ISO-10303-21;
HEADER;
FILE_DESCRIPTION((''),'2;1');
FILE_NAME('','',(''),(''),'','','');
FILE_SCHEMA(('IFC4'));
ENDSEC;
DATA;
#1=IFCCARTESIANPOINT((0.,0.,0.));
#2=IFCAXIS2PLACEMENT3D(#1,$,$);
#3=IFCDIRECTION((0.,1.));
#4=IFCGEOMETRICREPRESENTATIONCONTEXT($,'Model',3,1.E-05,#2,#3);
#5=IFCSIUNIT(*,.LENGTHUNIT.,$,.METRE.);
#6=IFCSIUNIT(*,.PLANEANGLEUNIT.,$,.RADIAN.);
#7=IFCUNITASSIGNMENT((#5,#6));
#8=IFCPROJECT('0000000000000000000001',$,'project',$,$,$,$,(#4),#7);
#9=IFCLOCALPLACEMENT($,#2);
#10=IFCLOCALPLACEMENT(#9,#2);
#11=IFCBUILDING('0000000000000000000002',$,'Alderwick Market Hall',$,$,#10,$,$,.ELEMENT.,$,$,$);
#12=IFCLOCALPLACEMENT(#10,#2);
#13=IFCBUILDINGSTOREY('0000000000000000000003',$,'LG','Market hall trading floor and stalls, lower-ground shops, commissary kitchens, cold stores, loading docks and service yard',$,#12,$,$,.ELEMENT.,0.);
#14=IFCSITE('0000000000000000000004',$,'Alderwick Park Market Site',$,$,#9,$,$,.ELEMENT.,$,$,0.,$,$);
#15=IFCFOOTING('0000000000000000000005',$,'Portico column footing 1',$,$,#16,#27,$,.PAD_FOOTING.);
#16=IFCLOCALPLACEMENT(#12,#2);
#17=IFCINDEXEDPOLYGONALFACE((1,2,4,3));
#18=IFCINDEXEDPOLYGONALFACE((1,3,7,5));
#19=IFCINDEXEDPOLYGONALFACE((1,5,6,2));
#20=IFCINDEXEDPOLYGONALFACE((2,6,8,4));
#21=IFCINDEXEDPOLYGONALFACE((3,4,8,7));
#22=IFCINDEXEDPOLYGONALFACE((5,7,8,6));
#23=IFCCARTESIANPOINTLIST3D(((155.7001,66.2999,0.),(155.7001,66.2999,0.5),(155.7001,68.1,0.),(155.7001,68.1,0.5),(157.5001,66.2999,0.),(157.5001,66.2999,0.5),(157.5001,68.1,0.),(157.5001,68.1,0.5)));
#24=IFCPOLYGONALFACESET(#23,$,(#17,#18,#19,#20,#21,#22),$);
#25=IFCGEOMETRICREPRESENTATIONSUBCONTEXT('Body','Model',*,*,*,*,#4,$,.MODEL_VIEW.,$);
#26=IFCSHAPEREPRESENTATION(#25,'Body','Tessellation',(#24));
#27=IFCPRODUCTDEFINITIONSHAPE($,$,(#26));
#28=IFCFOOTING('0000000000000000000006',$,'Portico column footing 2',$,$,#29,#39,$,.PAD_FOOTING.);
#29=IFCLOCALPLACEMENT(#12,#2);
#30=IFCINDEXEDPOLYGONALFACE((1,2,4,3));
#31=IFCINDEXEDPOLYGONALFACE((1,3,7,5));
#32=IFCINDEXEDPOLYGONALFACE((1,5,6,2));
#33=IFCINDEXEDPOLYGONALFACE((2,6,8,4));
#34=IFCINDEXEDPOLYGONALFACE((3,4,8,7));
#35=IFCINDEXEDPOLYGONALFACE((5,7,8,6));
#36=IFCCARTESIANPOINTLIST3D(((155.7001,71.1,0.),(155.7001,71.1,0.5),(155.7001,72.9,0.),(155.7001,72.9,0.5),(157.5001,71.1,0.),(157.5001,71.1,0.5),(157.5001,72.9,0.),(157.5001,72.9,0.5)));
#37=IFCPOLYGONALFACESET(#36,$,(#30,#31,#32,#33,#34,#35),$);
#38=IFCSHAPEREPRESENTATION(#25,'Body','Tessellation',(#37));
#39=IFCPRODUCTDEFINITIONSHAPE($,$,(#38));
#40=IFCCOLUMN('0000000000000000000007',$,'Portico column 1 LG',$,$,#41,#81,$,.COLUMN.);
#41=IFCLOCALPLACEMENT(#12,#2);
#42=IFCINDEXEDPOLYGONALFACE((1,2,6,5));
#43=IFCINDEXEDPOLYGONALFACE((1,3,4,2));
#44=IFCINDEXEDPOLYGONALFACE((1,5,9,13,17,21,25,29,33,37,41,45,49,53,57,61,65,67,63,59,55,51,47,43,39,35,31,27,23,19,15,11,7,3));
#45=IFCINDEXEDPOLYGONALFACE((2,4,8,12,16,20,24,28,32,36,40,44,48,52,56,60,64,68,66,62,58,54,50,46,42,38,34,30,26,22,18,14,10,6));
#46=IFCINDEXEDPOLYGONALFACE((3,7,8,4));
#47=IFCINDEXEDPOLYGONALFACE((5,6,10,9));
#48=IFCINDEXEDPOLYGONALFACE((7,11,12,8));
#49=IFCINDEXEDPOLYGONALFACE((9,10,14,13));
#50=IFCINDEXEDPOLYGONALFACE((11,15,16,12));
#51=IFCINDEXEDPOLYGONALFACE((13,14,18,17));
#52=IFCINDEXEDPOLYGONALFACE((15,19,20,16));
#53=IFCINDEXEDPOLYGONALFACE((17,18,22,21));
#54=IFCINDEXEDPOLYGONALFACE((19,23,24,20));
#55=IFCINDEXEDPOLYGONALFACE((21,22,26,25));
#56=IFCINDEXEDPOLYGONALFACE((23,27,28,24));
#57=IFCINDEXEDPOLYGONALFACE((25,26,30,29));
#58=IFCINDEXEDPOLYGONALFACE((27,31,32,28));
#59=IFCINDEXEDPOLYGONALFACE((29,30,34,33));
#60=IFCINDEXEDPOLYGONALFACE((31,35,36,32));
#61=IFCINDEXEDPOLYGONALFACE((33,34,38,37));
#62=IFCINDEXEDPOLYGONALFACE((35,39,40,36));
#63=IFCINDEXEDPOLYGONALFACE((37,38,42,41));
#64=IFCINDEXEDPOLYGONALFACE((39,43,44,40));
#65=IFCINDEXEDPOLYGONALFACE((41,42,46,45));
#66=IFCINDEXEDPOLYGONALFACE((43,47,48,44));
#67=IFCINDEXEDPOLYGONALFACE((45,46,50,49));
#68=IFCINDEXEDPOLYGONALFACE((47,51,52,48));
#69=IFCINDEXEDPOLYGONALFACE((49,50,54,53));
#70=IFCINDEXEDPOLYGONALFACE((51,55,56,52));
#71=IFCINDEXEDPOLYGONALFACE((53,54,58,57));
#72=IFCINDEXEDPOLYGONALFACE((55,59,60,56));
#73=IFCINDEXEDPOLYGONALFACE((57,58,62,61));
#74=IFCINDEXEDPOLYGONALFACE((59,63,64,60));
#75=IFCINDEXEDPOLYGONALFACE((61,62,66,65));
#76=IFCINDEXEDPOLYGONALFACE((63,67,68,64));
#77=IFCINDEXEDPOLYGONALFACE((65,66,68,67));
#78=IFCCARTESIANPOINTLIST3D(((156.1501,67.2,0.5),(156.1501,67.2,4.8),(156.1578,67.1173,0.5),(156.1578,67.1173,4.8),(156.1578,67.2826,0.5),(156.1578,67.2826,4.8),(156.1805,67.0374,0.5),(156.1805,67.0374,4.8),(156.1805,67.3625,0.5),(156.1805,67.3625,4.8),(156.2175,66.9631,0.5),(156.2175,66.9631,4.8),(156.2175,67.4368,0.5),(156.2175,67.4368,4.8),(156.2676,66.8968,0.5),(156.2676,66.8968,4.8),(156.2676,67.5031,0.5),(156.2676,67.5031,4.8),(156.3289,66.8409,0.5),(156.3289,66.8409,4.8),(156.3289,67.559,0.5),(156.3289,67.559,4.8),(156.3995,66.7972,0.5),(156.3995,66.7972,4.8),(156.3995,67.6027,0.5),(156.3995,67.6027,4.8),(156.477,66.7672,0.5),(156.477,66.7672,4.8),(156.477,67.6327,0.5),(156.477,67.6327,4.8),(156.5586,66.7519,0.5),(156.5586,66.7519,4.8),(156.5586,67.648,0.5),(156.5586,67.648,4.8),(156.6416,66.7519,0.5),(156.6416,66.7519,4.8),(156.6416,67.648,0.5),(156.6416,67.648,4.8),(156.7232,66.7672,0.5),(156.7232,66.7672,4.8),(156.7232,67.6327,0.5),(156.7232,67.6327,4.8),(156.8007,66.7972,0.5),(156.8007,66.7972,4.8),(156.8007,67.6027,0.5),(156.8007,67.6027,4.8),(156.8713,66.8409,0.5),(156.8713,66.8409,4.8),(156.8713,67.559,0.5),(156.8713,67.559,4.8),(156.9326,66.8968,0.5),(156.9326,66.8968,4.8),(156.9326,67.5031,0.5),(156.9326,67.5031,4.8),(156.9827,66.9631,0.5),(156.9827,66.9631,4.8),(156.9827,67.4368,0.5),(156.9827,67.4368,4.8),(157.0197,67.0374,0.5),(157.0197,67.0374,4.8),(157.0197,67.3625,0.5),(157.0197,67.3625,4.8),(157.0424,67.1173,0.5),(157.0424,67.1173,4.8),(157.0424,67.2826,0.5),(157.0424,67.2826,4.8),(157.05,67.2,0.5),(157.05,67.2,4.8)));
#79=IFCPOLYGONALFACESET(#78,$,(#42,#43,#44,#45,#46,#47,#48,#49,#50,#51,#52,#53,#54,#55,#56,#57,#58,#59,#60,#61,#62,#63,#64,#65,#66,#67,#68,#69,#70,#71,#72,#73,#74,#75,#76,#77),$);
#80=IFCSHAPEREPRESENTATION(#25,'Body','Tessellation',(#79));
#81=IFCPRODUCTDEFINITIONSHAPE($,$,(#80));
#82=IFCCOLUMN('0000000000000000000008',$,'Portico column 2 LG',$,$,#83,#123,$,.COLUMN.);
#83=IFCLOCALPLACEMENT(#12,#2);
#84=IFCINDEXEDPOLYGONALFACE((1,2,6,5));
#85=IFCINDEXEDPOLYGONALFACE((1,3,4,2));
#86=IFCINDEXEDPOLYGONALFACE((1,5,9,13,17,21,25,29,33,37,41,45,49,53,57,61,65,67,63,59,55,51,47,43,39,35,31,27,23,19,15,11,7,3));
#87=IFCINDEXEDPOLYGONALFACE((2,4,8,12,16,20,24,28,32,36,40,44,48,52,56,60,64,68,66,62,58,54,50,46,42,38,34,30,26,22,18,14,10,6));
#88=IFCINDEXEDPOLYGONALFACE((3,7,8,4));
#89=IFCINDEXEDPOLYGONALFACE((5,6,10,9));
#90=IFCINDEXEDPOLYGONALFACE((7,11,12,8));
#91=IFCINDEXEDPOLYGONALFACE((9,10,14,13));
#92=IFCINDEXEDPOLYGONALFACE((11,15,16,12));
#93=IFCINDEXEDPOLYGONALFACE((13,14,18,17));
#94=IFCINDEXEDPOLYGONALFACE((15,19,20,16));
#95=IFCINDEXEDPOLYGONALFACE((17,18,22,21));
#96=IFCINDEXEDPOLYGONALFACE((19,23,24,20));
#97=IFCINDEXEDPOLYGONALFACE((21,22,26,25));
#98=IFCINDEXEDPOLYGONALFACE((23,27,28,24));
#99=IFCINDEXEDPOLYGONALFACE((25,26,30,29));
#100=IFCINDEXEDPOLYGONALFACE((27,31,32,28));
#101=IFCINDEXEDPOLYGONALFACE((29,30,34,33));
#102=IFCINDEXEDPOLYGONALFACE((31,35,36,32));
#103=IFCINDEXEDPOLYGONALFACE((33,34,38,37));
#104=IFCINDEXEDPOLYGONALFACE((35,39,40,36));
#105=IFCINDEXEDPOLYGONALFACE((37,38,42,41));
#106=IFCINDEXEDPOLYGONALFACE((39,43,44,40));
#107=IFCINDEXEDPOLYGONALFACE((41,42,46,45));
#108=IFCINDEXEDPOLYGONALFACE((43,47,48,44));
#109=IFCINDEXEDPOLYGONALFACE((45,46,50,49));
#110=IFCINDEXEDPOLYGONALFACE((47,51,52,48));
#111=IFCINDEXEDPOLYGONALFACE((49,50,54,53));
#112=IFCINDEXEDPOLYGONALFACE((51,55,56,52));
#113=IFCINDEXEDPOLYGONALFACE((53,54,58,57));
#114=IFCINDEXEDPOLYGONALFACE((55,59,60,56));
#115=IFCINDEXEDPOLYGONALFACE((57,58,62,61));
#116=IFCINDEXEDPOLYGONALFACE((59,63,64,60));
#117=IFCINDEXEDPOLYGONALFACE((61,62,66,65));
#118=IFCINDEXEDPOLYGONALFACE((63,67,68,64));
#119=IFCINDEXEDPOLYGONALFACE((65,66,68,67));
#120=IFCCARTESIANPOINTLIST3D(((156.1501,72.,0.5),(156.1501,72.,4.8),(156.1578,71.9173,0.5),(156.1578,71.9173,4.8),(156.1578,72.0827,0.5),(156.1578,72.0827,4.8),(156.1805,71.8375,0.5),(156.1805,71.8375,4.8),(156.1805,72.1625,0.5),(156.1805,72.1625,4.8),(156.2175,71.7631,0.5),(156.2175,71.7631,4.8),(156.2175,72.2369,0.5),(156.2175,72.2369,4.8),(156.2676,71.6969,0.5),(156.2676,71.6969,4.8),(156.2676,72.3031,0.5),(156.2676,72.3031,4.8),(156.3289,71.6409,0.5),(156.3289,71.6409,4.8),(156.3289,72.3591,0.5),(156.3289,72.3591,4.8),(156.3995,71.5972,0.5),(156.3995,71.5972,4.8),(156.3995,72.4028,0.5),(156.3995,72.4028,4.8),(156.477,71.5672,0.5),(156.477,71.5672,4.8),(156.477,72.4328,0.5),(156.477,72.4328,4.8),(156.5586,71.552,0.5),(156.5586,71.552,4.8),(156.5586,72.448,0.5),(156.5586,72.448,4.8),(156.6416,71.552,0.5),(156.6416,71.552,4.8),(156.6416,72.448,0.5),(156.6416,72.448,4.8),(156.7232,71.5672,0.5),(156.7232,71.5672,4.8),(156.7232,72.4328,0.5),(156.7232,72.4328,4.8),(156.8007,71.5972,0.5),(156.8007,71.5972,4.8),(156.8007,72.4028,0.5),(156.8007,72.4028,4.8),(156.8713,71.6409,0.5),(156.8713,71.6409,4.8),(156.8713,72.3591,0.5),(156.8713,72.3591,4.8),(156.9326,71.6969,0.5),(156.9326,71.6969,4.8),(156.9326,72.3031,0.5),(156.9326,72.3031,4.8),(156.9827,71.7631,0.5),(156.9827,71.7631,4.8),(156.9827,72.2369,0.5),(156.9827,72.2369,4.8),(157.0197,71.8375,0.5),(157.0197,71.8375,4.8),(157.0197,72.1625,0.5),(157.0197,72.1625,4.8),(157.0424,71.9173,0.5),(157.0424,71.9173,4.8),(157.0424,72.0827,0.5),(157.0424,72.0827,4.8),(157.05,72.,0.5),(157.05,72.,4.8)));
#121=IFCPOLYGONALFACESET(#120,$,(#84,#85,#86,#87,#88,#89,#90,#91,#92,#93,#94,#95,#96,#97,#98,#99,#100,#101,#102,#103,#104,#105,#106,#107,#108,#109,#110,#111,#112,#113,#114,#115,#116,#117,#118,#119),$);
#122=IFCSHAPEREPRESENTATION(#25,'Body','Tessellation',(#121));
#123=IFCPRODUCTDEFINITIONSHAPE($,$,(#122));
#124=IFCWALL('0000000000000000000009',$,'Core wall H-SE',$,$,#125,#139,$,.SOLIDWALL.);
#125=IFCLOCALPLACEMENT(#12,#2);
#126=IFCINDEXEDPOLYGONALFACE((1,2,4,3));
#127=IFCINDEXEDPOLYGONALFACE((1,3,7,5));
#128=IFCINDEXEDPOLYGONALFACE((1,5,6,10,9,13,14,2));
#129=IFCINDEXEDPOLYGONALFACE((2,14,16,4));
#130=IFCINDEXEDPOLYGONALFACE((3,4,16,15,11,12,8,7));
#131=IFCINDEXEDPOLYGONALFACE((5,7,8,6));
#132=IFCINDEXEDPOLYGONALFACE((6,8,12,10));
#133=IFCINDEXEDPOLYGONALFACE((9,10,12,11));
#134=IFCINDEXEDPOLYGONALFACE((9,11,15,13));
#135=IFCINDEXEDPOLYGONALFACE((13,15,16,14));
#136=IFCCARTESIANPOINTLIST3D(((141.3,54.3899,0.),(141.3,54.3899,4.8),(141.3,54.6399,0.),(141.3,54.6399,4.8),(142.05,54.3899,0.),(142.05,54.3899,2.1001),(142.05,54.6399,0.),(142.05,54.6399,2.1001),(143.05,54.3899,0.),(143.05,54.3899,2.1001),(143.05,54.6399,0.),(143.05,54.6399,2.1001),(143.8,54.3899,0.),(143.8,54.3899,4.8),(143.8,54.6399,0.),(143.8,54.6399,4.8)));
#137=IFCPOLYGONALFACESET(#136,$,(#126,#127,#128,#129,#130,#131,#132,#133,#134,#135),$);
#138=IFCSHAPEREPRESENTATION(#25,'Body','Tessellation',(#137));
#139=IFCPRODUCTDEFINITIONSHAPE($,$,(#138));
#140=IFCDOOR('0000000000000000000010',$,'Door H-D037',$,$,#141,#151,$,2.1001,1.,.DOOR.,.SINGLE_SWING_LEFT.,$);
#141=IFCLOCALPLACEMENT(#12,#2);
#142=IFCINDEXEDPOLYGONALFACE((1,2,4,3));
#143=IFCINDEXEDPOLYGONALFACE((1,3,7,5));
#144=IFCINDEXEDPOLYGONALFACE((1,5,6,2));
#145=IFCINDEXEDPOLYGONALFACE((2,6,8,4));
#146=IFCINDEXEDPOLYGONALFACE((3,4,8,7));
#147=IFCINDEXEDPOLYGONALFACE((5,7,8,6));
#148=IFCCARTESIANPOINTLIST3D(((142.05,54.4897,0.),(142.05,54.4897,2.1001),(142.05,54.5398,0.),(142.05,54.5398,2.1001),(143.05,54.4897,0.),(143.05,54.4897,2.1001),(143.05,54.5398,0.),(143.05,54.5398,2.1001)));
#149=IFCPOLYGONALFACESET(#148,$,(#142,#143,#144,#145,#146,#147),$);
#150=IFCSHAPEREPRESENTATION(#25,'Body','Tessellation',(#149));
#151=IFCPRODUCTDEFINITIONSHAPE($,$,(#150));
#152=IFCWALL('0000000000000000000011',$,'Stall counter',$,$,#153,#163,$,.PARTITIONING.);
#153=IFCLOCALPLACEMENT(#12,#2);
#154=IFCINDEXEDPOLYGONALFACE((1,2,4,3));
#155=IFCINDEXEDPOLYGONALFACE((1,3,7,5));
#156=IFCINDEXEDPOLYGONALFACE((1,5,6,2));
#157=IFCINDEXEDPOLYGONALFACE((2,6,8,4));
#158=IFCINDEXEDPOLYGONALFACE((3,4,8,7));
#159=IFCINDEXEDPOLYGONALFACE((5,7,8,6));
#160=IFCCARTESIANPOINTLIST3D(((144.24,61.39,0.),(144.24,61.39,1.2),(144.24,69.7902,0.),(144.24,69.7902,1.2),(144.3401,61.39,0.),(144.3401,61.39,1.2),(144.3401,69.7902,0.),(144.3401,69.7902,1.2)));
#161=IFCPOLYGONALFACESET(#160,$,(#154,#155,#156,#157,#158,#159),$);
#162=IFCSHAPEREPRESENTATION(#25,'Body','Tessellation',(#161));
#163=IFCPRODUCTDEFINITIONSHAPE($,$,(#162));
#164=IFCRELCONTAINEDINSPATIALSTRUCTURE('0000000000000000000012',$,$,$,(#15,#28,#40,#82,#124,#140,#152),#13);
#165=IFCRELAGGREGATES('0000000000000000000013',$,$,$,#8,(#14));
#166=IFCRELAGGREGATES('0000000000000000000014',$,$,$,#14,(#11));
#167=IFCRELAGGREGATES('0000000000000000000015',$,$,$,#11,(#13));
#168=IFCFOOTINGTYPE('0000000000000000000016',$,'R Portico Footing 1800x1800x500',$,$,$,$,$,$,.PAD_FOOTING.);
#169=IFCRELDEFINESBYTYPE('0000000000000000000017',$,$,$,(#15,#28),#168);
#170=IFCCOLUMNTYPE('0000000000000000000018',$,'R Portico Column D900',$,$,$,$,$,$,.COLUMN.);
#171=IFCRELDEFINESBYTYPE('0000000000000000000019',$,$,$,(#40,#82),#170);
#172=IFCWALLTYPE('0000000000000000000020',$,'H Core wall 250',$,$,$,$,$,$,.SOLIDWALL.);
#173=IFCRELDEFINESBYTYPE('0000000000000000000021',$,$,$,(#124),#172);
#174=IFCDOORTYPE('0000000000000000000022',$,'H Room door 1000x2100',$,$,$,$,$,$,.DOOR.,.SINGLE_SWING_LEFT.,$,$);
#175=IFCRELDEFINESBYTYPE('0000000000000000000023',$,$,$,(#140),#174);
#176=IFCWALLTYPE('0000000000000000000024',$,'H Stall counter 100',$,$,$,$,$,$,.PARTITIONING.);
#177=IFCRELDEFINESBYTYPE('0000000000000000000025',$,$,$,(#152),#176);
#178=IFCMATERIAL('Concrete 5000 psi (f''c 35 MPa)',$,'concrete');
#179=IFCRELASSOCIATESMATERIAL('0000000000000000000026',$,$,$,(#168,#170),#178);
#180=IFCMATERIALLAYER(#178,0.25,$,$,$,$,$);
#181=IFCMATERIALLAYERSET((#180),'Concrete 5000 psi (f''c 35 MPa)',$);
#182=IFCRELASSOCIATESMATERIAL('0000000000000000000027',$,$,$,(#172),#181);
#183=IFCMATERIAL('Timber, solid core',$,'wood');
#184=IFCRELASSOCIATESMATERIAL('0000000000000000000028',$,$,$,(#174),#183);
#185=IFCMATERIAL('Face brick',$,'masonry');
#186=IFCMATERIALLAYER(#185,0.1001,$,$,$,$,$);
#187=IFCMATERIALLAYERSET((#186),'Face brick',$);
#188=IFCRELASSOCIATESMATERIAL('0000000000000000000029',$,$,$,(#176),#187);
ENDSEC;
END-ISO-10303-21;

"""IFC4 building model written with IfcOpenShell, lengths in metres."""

from ifc_helpers import new_model, si_unit, direction, frame, frame_2d, origin, origin_2d, place, context, subcontext, project, spatial, rectangle, circle, extrude, material, layer, layer_set, material_profile, profile_set, type_object, element, fill, save


model = new_model("IFC4")

# Units and contexts
model_context = context("Model", 3, precision=1e-05, world=origin(), true_north=direction((0.0, 1.0)))
body_context = subcontext(model_context, "Body", "Model", "MODEL_VIEW")
ifc_project = project(units=[si_unit("LENGTHUNIT", "METRE"), si_unit("PLANEANGLEUNIT", "RADIAN")], contexts=[model_context])

# Site, building, storey
site_placement = place(None, origin())
site = spatial("IfcSite", under=ifc_project, at=site_placement, Name="Alderwick Park Market Site", CompositionType="ELEMENT", RefElevation=0.0)
building_placement = place(site_placement, origin())
building = spatial("IfcBuilding", under=site, at=building_placement, Name="Alderwick Market Hall", CompositionType="ELEMENT")
storey_placement = place(building_placement, origin())
storey = spatial("IfcBuildingStorey", under=building, at=storey_placement, Name="LG", Description="Market hall trading floor and stalls, lower-ground shops, commissary kitchens, cold stores, loading docks and service yard", CompositionType="ELEMENT", Elevation=0.0)

# Footings
ifc_material_1 = material(Name="Concrete 5000 psi (f'c 35 MPa)", Category="concrete")
footing_type = type_object("IfcFootingType", Name="R Portico Footing 1800x1800x500", PredefinedType="PAD_FOOTING", material=ifc_material_1)
for number, where, z_axis, x_axis, name in (
    (1, (156.6001, 67.2, 0.0), (0.0, 0.0, 1.0), (1.0, 0.0, 0.0), "Portico column footing 1"),
    (2, (156.6001, 72.0, 0.0), (0.0, 0.0, 1.0), (1.0, 0.0, 0.0), "Portico column footing 2"),
):
    element("IfcFooting", number, at=place(storey_placement, frame(where, z_axis=z_axis, x_axis=x_axis)), inside=storey, type_object=footing_type, Name=name, PredefinedType="PAD_FOOTING", context=body_context, shape_type="SweptSolid", body=[
        extrude(rectangle(XDim=1.8, YDim=1.8, at=origin_2d()), origin(), (0.0, 0.0, 1.0), 0.5),
    ])

# Columns
ifc_material_profile = material_profile(ifc_material_1, circle(Radius=0.45, at=origin_2d()), Name="RC D900")
ifc_profile_set = profile_set([ifc_material_profile], Name="Concrete 5000 psi (f'c 35 MPa)")
column_type = type_object("IfcColumnType", Name="R Portico Column D900", PredefinedType="COLUMN", material=ifc_profile_set)
for number, where, z_axis, x_axis, name in (
    (3, (156.6001, 67.2, 0.5), (0.0, 0.0, 1.0), (1.0, 0.0, 0.0), "Portico column 1 LG"),
    (4, (156.6001, 72.0, 0.5), (0.0, 0.0, 1.0), (1.0, 0.0, 0.0), "Portico column 2 LG"),
):
    element("IfcColumn", number, at=place(storey_placement, frame(where, z_axis=z_axis, x_axis=x_axis)), inside=storey, type_object=column_type, Name=name, PredefinedType="COLUMN", context=body_context, shape_type="SweptSolid", body=[
        extrude(circle(Radius=0.45, at=origin_2d()), origin(), (0.0, 0.0, 1.0), 4.3),
    ])

# Wall, opening, door
ifc_layer_1 = layer(ifc_material_1, 0.25)
ifc_layer_set_1 = layer_set([ifc_layer_1], Name="Concrete 5000 psi (f'c 35 MPa)")
wall_type_1 = type_object("IfcWallType", Name="H Core wall 250", PredefinedType="SOLIDWALL", material=ifc_layer_set_1)
wall_1_placement = place(storey_placement, frame((141.3, 54.5149, 0.0), z_axis=(0.0, 0.0, 1.0), x_axis=(1.0, 0.0, 0.0)))
wall_1 = element("IfcWall", 5, at=wall_1_placement, inside=storey, type_object=wall_type_1, Name="Core wall H-SE", PredefinedType="SOLIDWALL", context=body_context, shape_type="SweptSolid", body=[
    extrude(rectangle(XDim=2.5, YDim=0.25, at=frame_2d((1.25, 0.0))), origin(), (0.0, 0.0, 1.0), 4.8),
])
opening_1_placement = place(wall_1_placement, frame((0.75, 0.0, 0.0)))
opening_1 = element("IfcOpeningElement", 6, at=opening_1_placement, cuts=wall_1, PredefinedType="OPENING", context=body_context, shape_type="SweptSolid", body=[
    extrude(rectangle(XDim=1.0, YDim=2.1001, at=frame_2d((0.5, 1.05))), frame((0.0, 0.135, 0.0), z_axis=(0.0, -1.0, 0.0), x_axis=(1.0, 0.0, 0.0)), (0.0, 0.0, 1.0), 0.27),
])
ifc_material_2 = material(Name="Timber, solid core", Category="wood")
door_type_1 = type_object("IfcDoorType", Name="H Room door 1000x2100", OperationType="SINGLE_SWING_LEFT", PredefinedType="DOOR", material=ifc_material_2)
door_1_placement = place(opening_1_placement, origin())
door_1 = element("IfcDoor", 7, at=door_1_placement, inside=storey, type_object=door_type_1, Name="Door H-D037", OperationType="SINGLE_SWING_LEFT", OverallHeight=2.1001, OverallWidth=1.0, PredefinedType="DOOR", context=body_context, shape_type="SweptSolid", body=[
    extrude(rectangle(XDim=1.0, YDim=2.1001, at=frame_2d((0.5, 1.05))), frame((0.0, 0.0249, 0.0), z_axis=(0.0, -1.0, 0.0), x_axis=(1.0, 0.0, 0.0)), (0.0, 0.0, 1.0), 0.05),
])
fill(opening_1, door_1)

# Wall
ifc_material_3 = material(Name="Face brick", Category="masonry")
ifc_layer_2 = layer(ifc_material_3, 0.1001)
ifc_layer_set_2 = layer_set([ifc_layer_2], Name="Face brick")
wall_type_2 = type_object("IfcWallType", Name="H Stall counter 100", PredefinedType="PARTITIONING", material=ifc_layer_set_2)
wall_2_placement = place(storey_placement, frame((144.29, 61.3899, 0.0), z_axis=(0.0, 0.0, 1.0), x_axis=(0.0, 1.0, 0.0)))
element("IfcWall", 8, at=wall_2_placement, inside=storey, type_object=wall_type_2, Name="Stall counter", PredefinedType="PARTITIONING", context=body_context, shape_type="SweptSolid", body=[
    extrude(rectangle(XDim=8.4001, YDim=0.1001, at=frame_2d((4.2002, 0.0))), origin(), (0.0, 0.0, 1.0), 1.2),
])

save(model, "model.ifc")
